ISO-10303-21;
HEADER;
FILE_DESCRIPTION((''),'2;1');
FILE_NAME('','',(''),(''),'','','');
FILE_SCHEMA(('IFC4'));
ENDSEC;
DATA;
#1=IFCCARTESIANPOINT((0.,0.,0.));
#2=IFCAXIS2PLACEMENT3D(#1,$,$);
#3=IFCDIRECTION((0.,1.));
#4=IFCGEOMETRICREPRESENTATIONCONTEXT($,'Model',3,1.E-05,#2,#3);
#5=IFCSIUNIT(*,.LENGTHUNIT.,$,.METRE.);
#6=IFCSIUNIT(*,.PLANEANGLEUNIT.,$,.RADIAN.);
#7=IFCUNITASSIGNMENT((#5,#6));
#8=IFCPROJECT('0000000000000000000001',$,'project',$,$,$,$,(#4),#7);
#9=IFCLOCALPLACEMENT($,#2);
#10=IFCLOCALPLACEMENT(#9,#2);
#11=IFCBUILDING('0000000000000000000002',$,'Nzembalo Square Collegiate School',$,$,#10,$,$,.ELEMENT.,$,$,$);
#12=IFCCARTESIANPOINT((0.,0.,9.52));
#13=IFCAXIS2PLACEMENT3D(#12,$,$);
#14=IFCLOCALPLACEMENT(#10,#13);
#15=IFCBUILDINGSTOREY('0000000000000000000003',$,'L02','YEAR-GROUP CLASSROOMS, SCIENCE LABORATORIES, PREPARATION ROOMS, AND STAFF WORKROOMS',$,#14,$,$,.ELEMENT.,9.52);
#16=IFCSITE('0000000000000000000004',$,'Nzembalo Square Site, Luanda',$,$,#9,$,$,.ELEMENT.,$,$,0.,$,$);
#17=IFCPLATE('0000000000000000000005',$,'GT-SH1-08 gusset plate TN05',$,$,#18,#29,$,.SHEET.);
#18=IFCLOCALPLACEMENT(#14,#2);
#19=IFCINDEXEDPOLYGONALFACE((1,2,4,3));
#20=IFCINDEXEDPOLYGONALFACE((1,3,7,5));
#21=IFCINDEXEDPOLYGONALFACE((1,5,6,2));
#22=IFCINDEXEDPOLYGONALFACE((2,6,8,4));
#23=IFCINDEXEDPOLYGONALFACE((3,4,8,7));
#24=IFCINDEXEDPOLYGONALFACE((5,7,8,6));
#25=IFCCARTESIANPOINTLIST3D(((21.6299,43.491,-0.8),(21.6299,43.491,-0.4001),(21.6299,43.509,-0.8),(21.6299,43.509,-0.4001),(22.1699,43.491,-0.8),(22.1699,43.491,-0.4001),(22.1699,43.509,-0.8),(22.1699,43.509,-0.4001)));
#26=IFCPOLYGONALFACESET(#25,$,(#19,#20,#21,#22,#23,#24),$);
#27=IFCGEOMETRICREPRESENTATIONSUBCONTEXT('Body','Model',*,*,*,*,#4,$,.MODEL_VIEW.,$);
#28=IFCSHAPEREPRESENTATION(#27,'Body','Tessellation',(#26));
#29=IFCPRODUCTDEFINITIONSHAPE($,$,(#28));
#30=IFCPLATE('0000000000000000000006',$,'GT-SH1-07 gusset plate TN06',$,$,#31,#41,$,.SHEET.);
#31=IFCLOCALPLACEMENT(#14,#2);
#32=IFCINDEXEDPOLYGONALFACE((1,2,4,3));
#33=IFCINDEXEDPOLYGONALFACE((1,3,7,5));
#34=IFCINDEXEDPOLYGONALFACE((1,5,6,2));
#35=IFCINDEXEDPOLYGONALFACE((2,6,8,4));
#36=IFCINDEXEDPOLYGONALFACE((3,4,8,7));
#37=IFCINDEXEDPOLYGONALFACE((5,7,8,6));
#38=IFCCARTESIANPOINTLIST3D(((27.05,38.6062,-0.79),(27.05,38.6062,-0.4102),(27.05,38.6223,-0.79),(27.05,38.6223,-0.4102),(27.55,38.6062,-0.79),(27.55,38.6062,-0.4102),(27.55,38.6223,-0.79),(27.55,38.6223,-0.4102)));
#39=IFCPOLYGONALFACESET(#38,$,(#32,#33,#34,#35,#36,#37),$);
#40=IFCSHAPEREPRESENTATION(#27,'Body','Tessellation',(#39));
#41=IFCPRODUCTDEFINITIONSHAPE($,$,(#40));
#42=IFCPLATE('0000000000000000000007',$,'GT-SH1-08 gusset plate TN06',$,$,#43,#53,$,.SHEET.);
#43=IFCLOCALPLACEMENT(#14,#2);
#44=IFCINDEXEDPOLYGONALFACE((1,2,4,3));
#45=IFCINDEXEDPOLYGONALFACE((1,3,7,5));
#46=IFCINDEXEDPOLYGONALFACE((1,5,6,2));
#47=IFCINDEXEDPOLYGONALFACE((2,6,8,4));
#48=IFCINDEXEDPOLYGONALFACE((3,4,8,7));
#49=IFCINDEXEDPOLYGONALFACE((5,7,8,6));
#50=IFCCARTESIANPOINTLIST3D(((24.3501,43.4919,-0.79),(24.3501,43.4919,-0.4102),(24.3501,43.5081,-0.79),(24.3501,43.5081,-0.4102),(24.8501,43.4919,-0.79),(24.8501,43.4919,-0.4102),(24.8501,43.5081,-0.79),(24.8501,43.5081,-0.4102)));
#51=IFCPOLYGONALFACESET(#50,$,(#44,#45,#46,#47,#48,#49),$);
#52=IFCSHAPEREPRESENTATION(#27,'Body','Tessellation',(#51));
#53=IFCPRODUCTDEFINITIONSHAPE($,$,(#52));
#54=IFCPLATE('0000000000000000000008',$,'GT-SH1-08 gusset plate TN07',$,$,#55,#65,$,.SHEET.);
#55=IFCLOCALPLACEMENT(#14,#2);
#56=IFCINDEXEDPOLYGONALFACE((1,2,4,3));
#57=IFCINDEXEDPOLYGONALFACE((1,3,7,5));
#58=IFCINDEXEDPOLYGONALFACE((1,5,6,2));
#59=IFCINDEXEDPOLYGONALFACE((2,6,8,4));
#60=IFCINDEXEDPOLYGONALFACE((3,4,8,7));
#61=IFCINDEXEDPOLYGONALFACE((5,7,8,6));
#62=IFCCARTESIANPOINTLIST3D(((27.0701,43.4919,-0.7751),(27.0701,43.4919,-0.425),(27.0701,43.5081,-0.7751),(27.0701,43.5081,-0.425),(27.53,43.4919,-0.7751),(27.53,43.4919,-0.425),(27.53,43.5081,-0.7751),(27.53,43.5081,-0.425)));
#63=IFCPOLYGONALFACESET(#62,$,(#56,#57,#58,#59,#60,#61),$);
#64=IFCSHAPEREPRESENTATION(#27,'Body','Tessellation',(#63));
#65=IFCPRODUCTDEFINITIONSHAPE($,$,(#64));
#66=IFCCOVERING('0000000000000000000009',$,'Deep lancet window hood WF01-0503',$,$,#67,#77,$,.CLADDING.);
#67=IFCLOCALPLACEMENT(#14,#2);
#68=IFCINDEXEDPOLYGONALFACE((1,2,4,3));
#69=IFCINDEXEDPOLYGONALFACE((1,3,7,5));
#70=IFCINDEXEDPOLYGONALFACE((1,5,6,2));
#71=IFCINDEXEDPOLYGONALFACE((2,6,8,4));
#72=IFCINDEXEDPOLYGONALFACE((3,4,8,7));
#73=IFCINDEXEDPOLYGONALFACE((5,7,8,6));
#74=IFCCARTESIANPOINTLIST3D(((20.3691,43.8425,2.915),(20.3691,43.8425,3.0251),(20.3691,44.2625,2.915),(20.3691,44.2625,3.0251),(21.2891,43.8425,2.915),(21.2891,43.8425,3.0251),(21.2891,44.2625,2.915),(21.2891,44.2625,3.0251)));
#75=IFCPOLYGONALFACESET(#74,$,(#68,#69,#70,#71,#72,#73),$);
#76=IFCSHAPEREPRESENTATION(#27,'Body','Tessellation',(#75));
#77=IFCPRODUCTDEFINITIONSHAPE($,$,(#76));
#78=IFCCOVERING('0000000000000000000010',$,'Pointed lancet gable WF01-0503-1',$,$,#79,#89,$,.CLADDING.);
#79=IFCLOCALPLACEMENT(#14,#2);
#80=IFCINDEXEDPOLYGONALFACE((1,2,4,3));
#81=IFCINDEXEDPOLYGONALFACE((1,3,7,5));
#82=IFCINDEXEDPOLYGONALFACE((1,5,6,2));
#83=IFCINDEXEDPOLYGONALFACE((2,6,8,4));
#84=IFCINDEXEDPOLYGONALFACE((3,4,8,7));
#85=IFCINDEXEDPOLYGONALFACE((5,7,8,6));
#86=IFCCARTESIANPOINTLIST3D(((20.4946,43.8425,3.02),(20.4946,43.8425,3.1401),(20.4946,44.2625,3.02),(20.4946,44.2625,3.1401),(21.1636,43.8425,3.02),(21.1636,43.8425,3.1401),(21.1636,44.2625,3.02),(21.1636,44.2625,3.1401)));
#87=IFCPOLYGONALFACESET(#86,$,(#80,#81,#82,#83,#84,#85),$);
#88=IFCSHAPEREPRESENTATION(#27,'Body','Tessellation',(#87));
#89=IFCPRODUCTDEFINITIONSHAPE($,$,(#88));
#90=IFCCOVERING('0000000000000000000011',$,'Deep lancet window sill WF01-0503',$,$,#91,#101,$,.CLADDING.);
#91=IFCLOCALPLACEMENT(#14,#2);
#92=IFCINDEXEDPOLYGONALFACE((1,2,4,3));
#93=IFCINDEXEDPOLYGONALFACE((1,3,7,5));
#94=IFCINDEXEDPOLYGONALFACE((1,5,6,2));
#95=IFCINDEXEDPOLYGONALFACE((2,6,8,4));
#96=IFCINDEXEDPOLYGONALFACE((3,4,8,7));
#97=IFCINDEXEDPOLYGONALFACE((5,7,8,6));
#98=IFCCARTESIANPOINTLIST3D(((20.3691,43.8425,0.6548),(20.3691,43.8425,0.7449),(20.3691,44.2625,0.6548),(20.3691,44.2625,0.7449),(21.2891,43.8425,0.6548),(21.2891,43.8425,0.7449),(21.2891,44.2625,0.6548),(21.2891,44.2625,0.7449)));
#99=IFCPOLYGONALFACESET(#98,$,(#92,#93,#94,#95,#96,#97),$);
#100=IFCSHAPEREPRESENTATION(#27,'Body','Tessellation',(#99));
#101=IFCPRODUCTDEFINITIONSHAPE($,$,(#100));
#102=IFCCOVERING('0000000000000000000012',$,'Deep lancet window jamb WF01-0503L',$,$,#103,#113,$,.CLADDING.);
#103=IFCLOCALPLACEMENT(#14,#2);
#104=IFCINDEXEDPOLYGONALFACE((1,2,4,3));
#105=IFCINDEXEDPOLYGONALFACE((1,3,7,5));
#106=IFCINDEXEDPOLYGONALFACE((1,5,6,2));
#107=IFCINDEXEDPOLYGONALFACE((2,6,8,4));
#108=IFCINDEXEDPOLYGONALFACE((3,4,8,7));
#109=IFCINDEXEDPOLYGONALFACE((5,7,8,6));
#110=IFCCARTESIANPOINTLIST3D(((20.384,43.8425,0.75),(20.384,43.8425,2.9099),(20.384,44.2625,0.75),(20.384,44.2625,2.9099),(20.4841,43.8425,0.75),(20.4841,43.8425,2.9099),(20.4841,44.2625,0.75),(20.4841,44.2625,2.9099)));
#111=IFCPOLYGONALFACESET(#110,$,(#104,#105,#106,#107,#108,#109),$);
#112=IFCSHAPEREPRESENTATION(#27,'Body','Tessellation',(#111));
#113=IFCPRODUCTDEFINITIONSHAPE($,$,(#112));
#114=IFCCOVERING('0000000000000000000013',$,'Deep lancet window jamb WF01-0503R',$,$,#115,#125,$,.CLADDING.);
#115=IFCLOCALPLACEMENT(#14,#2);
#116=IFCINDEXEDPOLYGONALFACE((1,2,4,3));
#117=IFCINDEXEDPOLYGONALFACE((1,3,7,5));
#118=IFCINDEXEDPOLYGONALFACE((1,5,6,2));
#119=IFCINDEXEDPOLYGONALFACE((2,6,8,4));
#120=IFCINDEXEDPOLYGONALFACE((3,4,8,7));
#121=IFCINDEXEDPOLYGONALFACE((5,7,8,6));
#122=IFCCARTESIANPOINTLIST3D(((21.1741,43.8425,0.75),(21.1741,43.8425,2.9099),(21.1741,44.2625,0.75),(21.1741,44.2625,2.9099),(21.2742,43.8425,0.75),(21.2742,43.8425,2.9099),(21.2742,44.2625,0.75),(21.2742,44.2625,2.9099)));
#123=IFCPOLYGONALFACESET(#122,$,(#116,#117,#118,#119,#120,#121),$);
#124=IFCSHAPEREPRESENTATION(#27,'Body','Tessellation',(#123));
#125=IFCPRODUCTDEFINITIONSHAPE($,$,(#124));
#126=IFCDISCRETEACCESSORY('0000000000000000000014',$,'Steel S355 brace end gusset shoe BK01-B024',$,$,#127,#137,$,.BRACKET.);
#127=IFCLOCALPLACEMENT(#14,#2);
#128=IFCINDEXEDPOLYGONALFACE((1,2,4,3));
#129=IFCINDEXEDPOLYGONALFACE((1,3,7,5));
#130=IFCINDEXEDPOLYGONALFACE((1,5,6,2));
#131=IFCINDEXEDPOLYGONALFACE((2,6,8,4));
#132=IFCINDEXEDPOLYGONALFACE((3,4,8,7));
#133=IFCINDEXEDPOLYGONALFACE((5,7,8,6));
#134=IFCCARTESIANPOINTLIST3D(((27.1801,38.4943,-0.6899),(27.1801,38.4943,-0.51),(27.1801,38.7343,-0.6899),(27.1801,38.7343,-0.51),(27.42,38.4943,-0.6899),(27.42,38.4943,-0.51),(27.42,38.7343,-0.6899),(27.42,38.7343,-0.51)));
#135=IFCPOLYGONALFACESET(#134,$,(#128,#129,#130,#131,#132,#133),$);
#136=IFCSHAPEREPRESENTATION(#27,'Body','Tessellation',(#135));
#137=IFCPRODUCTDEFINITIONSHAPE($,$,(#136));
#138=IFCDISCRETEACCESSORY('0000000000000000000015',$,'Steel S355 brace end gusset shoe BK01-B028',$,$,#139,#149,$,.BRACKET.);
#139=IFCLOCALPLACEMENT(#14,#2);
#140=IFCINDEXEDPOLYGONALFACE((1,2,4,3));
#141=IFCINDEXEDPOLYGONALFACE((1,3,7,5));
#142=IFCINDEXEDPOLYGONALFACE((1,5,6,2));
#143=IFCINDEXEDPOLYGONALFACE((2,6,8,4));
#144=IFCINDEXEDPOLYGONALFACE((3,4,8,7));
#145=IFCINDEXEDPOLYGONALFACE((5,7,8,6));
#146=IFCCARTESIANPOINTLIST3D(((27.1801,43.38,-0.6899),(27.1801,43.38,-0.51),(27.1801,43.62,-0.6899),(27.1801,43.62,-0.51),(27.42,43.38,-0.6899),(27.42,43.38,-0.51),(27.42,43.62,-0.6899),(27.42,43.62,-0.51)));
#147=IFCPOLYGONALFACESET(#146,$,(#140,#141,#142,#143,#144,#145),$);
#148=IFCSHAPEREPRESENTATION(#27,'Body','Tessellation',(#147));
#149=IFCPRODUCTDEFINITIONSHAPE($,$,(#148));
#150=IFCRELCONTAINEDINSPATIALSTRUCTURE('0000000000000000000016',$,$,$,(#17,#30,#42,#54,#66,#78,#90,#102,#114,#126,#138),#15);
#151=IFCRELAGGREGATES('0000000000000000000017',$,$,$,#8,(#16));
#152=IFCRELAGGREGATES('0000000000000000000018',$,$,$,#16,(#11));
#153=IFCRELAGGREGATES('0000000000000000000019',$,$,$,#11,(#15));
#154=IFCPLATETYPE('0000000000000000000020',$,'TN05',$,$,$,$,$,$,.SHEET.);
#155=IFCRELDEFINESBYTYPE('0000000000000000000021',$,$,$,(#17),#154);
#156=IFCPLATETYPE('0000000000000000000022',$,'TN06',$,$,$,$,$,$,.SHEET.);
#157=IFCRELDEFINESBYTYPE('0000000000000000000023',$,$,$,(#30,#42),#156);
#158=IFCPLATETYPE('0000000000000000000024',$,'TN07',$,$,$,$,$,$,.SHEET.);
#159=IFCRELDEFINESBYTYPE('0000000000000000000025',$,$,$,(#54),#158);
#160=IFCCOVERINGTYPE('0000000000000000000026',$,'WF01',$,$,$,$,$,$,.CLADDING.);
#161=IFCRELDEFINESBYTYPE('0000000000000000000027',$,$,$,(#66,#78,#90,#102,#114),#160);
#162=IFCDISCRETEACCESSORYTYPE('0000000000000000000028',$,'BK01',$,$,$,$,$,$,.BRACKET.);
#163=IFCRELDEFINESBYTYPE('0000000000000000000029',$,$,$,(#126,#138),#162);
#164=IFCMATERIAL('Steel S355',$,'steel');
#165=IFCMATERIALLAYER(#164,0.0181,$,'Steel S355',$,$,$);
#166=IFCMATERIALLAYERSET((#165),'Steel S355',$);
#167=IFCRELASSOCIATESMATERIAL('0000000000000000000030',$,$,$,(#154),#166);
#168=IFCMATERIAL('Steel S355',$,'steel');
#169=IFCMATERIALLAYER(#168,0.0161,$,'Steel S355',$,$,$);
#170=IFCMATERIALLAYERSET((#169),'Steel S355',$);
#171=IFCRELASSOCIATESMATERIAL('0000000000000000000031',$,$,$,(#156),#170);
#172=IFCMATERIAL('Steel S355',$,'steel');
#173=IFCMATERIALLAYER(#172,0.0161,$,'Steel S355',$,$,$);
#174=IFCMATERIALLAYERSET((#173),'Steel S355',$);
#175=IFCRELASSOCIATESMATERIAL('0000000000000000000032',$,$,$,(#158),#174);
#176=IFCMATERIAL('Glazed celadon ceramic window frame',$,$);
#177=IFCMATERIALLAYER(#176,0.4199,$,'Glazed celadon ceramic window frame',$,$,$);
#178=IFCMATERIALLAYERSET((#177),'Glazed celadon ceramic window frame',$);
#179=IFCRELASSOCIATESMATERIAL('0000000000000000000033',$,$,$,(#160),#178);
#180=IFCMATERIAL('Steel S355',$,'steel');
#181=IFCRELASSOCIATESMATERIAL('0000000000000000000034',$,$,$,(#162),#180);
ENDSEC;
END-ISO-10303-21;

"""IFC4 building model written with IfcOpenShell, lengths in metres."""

from ifc_helpers import new_model, si_unit, direction, frame, origin, origin_2d, place, context, subcontext, project, spatial, rectangle, extrude, material, layer, layer_set, type_object, element, save


model = new_model("IFC4")

# Units and contexts
model_context = context("Model", 3, precision=1e-05, world=origin(), true_north=direction((0.0, 1.0)))
body_context = subcontext(model_context, "Body", "Model", "MODEL_VIEW")
ifc_project = project(units=[si_unit("LENGTHUNIT", "METRE"), si_unit("PLANEANGLEUNIT", "RADIAN")], contexts=[model_context])

# Site, building, storey
site_placement = place(None, origin())
site = spatial("IfcSite", under=ifc_project, at=site_placement, Name="Nzembalo Square Site, Luanda", CompositionType="ELEMENT", RefElevation=0.0)
building_placement = place(site_placement, origin())
building = spatial("IfcBuilding", under=site, at=building_placement, Name="Nzembalo Square Collegiate School", CompositionType="ELEMENT")
storey_placement = place(building_placement, frame((0.0, 0.0, 9.52)))
storey = spatial("IfcBuildingStorey", under=building, at=storey_placement, Name="L02", Description="YEAR-GROUP CLASSROOMS, SCIENCE LABORATORIES, PREPARATION ROOMS, AND STAFF WORKROOMS", CompositionType="ELEMENT", Elevation=9.52)

# Plates
ifc_material_1 = material(Name="Steel S355", Category="steel")
ifc_layer_1 = layer(ifc_material_1, 0.0181, Name="Steel S355")
ifc_layer_set_1 = layer_set([ifc_layer_1], Name="Steel S355")
plate_type_1 = type_object("IfcPlateType", Name="TN05", PredefinedType="SHEET", material=ifc_layer_set_1)
plate_1_placement = place(storey_placement, frame((21.8999, 43.5, -0.8), z_axis=(0.0, 0.0, 1.0), x_axis=(1.0, 0.0, 0.0)))
element("IfcPlate", 1, at=plate_1_placement, inside=storey, type_object=plate_type_1, Name="GT-SH1-08 gusset plate TN05", PredefinedType="SHEET", context=body_context, shape_type="SweptSolid", body=[
    extrude(rectangle(XDim=0.54, YDim=0.0181, at=origin_2d()), origin(), (0.0, 0.0, 1.0), 0.3999),
])
ifc_material_2 = material(Name="Steel S355", Category="steel")
ifc_layer_2 = layer(ifc_material_2, 0.0161, Name="Steel S355")
ifc_layer_set_2 = layer_set([ifc_layer_2], Name="Steel S355")
plate_type_2 = type_object("IfcPlateType", Name="TN06", PredefinedType="SHEET", material=ifc_layer_set_2)
for number, where, z_axis, x_axis, name in (
    (2, (27.3, 38.6143, -0.79), (0.0, 0.0, 1.0), (1.0, 0.0, 0.0), "GT-SH1-07 gusset plate TN06"),
    (3, (24.6001, 43.5, -0.79), (0.0, 0.0, 1.0), (1.0, 0.0, 0.0), "GT-SH1-08 gusset plate TN06"),
):
    element("IfcPlate", number, at=place(storey_placement, frame(where, z_axis=z_axis, x_axis=x_axis)), inside=storey, type_object=plate_type_2, Name=name, PredefinedType="SHEET", context=body_context, shape_type="SweptSolid", body=[
        extrude(rectangle(XDim=0.5, YDim=0.0161, at=origin_2d()), origin(), (0.0, 0.0, 1.0), 0.3799),
    ])
ifc_material_3 = material(Name="Steel S355", Category="steel")
ifc_layer_3 = layer(ifc_material_3, 0.0161, Name="Steel S355")
ifc_layer_set_3 = layer_set([ifc_layer_3], Name="Steel S355")
plate_type_3 = type_object("IfcPlateType", Name="TN07", PredefinedType="SHEET", material=ifc_layer_set_3)
plate_2_placement = place(storey_placement, frame((27.3, 43.5, -0.7751), z_axis=(0.0, 0.0, 1.0), x_axis=(1.0, 0.0, 0.0)))
element("IfcPlate", 4, at=plate_2_placement, inside=storey, type_object=plate_type_3, Name="GT-SH1-08 gusset plate TN07", PredefinedType="SHEET", context=body_context, shape_type="SweptSolid", body=[
    extrude(rectangle(XDim=0.46, YDim=0.0161, at=origin_2d()), origin(), (0.0, 0.0, 1.0), 0.3501),
])

# Coverings
ifc_material_4 = material(Name="Glazed celadon ceramic window frame")
ifc_layer_4 = layer(ifc_material_4, 0.4199, Name="Glazed celadon ceramic window frame")
ifc_layer_set_4 = layer_set([ifc_layer_4], Name="Glazed celadon ceramic window frame")
covering_type = type_object("IfcCoveringType", Name="WF01", PredefinedType="CLADDING", material=ifc_layer_set_4)
covering_1_placement = place(storey_placement, frame((20.8291, 44.0525, 2.915), z_axis=(0.0, 0.0, 1.0), x_axis=(1.0, 0.0, 0.0)))
element("IfcCovering", 5, at=covering_1_placement, inside=storey, type_object=covering_type, Name="Deep lancet window hood WF01-0503", PredefinedType="CLADDING", context=body_context, shape_type="SweptSolid", body=[
    extrude(rectangle(XDim=0.9199, YDim=0.4199, at=origin_2d()), origin(), (0.0, 0.0, 1.0), 0.1101),
])
covering_2_placement = place(storey_placement, frame((20.8291, 44.0525, 3.02), z_axis=(0.0, 0.0, 1.0), x_axis=(1.0, 0.0, 0.0)))
element("IfcCovering", 6, at=covering_2_placement, inside=storey, type_object=covering_type, Name="Pointed lancet gable WF01-0503-1", PredefinedType="CLADDING", context=body_context, shape_type="SweptSolid", body=[
    extrude(rectangle(XDim=0.6689, YDim=0.4199, at=origin_2d()), origin(), (0.0, 0.0, 1.0), 0.1201),
])
covering_3_placement = place(storey_placement, frame((20.8291, 44.0525, 0.6548), z_axis=(0.0, 0.0, 1.0), x_axis=(1.0, 0.0, 0.0)))
element("IfcCovering", 7, at=covering_3_placement, inside=storey, type_object=covering_type, Name="Deep lancet window sill WF01-0503", PredefinedType="CLADDING", context=body_context, shape_type="SweptSolid", body=[
    extrude(rectangle(XDim=0.9199, YDim=0.4199, at=origin_2d()), origin(), (0.0, 0.0, 1.0), 0.0901),
])
for number, where, z_axis, x_axis, name in (
    (8, (20.4341, 44.0525, 0.75), (0.0, 0.0, 1.0), (1.0, 0.0, 0.0), "Deep lancet window jamb WF01-0503L"),
    (9, (21.2241, 44.0525, 0.75), (0.0, 0.0, 1.0), (1.0, 0.0, 0.0), "Deep lancet window jamb WF01-0503R"),
):
    element("IfcCovering", number, at=place(storey_placement, frame(where, z_axis=z_axis, x_axis=x_axis)), inside=storey, type_object=covering_type, Name=name, PredefinedType="CLADDING", context=body_context, shape_type="SweptSolid", body=[
        extrude(rectangle(XDim=0.1001, YDim=0.4199, at=origin_2d()), origin(), (0.0, 0.0, 1.0), 2.1599),
    ])

# Discrete accessories
ifc_material_5 = material(Name="Steel S355", Category="steel")
discrete_accessory_type = type_object("IfcDiscreteAccessoryType", Name="BK01", PredefinedType="BRACKET", material=ifc_material_5)
for number, where, z_axis, x_axis, name in (
    (10, (27.3, 38.6143, -0.6899), (0.0, 0.0, 1.0), (1.0, 0.0, 0.0), "Steel S355 brace end gusset shoe BK01-B024"),
    (11, (27.3, 43.5, -0.6899), (0.0, 0.0, 1.0), (1.0, 0.0, 0.0), "Steel S355 brace end gusset shoe BK01-B028"),
):
    element("IfcDiscreteAccessory", number, at=place(storey_placement, frame(where, z_axis=z_axis, x_axis=x_axis)), inside=storey, type_object=discrete_accessory_type, Name=name, PredefinedType="BRACKET", context=body_context, shape_type="SweptSolid", body=[
        extrude(rectangle(XDim=0.24, YDim=0.24, at=origin_2d()), origin(), (0.0, 0.0, 1.0), 0.1799),
    ])

save(model, "model.ifc")
